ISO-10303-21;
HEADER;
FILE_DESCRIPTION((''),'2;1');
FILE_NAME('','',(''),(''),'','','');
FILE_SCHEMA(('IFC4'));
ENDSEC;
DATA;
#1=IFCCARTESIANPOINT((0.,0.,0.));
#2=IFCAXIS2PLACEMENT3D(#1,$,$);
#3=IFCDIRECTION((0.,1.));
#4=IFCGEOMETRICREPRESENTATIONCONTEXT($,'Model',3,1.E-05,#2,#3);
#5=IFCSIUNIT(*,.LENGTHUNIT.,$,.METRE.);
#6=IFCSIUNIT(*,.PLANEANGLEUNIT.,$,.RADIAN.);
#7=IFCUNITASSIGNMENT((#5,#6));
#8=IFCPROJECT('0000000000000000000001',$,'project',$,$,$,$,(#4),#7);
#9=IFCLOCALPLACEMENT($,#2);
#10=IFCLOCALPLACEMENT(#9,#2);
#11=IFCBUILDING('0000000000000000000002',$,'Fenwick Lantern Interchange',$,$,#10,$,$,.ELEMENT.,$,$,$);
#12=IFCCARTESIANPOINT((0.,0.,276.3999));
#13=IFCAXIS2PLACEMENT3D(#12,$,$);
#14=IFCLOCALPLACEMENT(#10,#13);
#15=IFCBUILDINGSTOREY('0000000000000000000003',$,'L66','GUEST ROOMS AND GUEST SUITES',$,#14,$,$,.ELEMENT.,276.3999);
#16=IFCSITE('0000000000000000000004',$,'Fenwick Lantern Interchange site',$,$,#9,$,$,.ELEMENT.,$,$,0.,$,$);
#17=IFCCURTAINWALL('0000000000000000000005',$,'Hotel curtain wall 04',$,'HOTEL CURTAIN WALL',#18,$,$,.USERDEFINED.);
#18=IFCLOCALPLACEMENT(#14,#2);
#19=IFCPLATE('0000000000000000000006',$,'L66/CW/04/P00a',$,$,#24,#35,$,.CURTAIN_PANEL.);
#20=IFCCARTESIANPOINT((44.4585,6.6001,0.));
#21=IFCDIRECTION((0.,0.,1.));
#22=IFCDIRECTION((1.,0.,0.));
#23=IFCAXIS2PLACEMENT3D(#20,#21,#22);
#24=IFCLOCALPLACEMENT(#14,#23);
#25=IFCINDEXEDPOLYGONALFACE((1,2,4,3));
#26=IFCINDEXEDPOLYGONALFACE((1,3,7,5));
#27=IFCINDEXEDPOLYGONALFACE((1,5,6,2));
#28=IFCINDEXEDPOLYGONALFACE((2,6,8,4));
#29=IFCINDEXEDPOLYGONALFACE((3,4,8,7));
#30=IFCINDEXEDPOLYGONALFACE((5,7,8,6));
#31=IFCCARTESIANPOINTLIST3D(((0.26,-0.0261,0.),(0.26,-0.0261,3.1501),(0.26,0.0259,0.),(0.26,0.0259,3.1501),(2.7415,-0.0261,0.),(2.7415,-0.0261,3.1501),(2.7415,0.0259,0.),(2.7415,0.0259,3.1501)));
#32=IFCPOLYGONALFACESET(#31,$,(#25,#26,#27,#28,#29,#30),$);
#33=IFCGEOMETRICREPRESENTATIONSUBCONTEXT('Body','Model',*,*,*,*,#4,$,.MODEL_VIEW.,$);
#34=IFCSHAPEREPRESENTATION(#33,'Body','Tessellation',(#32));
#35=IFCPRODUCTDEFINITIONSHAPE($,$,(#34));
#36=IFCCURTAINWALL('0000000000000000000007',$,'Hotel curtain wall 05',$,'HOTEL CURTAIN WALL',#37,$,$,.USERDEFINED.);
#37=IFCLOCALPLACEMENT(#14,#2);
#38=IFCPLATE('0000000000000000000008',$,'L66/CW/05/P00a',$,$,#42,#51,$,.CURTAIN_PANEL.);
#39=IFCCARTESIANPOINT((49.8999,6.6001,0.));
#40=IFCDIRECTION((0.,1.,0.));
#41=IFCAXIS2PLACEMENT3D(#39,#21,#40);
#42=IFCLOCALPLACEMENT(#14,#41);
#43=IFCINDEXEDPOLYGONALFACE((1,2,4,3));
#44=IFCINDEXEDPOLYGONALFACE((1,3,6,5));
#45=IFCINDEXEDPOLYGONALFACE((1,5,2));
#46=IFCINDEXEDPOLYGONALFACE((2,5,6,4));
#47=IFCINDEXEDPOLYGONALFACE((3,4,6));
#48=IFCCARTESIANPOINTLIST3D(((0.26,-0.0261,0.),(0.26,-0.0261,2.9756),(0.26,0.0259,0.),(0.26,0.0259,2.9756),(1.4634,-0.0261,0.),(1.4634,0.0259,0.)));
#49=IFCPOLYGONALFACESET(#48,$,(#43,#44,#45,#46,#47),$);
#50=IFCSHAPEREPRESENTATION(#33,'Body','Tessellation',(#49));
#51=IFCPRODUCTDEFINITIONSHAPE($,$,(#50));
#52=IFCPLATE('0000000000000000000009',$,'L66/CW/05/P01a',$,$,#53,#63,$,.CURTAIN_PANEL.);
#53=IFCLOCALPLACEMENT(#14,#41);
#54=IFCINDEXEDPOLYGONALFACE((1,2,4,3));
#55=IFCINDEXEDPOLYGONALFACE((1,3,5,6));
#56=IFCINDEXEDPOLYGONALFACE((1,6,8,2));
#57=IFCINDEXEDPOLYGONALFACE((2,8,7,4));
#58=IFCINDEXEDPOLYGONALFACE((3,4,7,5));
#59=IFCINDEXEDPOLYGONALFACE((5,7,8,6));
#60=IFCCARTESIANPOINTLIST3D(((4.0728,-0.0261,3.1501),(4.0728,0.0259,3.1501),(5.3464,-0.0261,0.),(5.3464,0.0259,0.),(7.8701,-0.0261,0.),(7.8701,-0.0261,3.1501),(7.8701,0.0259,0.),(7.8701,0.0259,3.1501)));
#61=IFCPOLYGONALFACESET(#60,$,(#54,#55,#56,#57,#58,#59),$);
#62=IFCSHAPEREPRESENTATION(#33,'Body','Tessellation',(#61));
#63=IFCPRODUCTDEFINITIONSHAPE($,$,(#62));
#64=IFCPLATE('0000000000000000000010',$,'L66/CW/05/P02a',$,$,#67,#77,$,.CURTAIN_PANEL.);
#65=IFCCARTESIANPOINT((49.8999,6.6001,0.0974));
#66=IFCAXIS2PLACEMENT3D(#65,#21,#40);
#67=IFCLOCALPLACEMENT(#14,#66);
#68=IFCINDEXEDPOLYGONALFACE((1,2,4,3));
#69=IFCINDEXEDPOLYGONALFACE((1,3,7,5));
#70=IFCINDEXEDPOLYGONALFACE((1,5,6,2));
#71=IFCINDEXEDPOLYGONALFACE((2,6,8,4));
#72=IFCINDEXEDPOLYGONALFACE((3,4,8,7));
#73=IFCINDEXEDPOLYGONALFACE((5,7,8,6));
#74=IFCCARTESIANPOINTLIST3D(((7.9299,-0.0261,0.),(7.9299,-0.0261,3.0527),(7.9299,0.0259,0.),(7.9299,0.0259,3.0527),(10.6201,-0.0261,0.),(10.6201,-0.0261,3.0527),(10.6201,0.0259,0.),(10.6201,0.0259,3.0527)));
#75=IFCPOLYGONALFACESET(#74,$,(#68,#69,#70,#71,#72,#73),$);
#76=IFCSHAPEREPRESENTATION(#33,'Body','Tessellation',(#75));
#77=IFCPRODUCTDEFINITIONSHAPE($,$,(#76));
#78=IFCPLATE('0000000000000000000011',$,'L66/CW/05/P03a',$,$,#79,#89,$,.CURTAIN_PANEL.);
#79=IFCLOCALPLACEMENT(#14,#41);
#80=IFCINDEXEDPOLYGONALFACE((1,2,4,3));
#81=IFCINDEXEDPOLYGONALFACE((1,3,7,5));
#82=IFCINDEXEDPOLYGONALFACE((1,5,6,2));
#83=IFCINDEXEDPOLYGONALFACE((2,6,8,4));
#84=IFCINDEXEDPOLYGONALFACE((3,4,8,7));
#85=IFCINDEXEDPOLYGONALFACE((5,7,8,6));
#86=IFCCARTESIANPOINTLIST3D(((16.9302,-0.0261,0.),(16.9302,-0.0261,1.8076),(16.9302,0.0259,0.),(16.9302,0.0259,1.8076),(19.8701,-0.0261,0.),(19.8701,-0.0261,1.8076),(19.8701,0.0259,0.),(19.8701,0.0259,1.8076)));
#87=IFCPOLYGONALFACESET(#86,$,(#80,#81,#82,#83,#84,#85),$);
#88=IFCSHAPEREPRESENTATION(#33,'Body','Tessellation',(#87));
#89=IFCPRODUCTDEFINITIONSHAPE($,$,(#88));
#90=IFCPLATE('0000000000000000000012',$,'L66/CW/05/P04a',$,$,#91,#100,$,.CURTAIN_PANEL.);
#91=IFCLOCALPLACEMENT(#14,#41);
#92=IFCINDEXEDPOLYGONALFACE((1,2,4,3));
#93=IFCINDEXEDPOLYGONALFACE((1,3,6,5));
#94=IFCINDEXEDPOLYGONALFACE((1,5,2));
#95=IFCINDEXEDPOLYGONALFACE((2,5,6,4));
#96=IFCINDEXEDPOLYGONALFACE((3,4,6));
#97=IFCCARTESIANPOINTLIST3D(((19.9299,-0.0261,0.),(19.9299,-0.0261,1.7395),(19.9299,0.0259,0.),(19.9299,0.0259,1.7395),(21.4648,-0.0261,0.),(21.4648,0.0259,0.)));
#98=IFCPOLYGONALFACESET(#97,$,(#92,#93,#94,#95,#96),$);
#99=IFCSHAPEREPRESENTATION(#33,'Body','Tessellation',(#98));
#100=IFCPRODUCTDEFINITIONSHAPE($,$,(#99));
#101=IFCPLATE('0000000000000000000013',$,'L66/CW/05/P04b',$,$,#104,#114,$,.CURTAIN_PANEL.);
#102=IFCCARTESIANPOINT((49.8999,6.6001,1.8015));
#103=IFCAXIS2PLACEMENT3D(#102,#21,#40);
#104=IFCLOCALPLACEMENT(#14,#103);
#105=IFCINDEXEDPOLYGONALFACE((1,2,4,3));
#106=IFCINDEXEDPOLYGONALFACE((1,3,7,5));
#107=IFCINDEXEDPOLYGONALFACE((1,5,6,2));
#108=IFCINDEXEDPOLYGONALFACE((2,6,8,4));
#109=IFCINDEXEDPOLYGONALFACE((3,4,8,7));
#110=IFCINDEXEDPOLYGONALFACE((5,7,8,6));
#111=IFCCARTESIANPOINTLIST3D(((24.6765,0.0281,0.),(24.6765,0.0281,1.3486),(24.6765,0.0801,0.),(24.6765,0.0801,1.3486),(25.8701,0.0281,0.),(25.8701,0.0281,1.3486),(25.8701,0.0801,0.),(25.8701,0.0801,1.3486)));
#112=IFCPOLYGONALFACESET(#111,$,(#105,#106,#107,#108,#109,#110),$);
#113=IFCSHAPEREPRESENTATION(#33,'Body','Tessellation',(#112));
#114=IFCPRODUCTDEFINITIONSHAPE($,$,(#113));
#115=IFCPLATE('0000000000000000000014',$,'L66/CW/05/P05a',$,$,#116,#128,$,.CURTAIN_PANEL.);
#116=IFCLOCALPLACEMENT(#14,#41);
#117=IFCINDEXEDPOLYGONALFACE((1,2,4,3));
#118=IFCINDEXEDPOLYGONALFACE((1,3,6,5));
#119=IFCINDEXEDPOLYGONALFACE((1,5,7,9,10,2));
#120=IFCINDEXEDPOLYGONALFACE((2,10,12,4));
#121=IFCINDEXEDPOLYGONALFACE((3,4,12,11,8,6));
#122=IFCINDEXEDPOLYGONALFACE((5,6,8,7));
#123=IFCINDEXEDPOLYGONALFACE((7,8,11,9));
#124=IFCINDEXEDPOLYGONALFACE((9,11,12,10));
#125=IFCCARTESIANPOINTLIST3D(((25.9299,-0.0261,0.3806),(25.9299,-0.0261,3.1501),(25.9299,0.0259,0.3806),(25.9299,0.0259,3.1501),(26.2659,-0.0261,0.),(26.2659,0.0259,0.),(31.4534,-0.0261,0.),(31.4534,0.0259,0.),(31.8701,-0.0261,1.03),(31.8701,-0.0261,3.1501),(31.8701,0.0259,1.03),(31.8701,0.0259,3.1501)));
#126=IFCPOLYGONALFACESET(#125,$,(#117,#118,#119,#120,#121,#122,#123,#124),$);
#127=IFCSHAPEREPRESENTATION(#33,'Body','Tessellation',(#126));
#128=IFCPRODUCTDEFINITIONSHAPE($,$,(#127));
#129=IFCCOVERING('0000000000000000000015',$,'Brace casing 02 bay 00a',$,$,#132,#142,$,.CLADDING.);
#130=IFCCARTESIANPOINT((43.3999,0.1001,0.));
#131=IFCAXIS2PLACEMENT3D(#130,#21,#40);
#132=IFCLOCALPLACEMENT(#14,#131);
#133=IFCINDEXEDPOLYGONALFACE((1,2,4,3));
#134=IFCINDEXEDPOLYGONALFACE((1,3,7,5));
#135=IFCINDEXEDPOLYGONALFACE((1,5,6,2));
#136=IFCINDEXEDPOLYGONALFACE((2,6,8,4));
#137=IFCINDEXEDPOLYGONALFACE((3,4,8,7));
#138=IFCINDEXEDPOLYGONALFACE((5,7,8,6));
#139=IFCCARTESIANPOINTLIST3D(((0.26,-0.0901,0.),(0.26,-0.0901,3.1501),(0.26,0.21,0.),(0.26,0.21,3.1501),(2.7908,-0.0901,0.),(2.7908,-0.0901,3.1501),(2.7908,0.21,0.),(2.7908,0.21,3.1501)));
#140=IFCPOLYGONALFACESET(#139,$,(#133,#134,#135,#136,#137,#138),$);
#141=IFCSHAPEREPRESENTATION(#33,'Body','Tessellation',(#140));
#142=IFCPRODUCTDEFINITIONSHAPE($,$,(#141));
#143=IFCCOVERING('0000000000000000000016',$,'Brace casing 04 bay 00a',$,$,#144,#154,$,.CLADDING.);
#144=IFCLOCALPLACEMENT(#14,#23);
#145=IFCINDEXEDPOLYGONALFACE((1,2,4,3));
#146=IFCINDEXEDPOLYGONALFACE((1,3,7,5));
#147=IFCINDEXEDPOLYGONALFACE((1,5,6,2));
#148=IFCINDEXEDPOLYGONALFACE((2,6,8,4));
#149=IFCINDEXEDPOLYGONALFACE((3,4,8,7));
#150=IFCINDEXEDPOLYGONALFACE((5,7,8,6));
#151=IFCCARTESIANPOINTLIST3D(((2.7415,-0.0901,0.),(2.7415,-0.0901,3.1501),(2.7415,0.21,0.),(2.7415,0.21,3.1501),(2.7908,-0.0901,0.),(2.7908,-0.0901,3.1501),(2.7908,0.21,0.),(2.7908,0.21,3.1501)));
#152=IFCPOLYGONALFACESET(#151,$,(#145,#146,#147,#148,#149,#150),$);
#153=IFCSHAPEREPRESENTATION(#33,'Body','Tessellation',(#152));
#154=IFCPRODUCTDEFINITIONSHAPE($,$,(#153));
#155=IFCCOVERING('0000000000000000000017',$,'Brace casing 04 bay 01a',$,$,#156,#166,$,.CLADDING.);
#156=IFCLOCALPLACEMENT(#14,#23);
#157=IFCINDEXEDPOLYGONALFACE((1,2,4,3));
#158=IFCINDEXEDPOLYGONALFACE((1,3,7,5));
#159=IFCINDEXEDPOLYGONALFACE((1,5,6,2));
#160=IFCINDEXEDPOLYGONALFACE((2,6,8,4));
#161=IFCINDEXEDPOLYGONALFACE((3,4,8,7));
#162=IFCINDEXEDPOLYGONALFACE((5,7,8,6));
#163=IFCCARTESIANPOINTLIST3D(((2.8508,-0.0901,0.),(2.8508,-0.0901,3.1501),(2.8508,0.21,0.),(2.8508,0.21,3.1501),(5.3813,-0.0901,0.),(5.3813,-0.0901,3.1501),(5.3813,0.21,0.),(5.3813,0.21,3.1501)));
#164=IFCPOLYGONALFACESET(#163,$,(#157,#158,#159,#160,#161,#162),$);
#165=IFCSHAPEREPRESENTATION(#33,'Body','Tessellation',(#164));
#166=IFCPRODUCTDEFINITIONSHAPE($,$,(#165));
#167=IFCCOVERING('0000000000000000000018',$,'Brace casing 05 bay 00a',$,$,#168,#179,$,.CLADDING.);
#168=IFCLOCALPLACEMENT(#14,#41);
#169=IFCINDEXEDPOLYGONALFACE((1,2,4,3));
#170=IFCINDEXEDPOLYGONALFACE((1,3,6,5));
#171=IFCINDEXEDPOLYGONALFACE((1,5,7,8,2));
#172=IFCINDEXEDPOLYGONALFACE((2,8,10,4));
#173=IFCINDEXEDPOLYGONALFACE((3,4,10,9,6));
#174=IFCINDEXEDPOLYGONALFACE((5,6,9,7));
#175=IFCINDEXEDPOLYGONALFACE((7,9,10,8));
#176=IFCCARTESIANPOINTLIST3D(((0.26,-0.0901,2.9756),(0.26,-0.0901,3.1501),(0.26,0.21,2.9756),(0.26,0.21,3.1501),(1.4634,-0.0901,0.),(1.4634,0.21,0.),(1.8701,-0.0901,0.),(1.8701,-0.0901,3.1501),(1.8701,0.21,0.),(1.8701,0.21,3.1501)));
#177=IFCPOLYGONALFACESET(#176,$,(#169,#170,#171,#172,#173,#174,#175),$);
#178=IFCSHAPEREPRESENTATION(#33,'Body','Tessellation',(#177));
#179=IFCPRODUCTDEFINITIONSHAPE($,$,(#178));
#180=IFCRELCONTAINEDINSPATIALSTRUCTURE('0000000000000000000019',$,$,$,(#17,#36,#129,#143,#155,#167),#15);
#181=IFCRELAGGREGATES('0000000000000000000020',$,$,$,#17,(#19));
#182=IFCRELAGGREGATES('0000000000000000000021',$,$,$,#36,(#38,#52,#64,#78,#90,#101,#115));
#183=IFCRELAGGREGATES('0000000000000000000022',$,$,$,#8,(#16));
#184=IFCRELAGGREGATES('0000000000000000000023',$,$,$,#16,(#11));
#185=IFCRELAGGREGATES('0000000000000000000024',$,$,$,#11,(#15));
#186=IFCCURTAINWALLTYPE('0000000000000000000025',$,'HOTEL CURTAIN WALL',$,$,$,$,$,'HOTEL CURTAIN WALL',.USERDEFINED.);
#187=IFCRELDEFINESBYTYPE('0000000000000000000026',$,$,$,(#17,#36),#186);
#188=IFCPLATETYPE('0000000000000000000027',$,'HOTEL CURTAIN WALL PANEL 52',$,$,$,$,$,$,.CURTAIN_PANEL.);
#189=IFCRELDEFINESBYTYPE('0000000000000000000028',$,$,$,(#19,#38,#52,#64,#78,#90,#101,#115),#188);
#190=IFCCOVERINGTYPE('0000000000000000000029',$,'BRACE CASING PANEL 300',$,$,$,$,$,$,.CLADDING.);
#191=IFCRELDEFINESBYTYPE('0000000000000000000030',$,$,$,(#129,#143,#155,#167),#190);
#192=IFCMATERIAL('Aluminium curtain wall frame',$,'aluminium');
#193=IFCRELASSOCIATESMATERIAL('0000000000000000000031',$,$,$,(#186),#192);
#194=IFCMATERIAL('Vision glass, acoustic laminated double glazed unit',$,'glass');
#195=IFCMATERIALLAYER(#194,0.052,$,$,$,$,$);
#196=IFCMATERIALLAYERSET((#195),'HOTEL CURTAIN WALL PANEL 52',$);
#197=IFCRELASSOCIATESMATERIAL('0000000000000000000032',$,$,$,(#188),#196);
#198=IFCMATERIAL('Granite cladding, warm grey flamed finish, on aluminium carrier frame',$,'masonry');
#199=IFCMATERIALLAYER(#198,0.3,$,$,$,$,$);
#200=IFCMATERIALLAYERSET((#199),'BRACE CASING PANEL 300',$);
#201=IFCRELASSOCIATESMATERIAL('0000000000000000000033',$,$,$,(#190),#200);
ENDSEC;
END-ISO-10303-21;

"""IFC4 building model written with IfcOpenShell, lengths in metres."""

from ifc_helpers import new_model, si_unit, direction, frame, origin, place, context, subcontext, project, spatial, polyline, outline, extrude, material, layer, layer_set, type_object, element, aggregate, save


model = new_model("IFC4")

# Units and contexts
model_context = context("Model", 3, precision=1e-05, world=origin(), true_north=direction((0.0, 1.0)))
body_context = subcontext(model_context, "Body", "Model", "MODEL_VIEW")
ifc_project = project(units=[si_unit("LENGTHUNIT", "METRE"), si_unit("PLANEANGLEUNIT", "RADIAN")], contexts=[model_context])

# Site, building, storey
site_placement = place(None, origin())
site = spatial("IfcSite", under=ifc_project, at=site_placement, Name="Fenwick Lantern Interchange site", CompositionType="ELEMENT", RefElevation=0.0)
building_placement = place(site_placement, origin())
building = spatial("IfcBuilding", under=site, at=building_placement, Name="Fenwick Lantern Interchange", CompositionType="ELEMENT")
storey_placement = place(building_placement, frame((0.0, 0.0, 276.3999)))
storey = spatial("IfcBuildingStorey", under=building, at=storey_placement, Name="L66", Description="GUEST ROOMS AND GUEST SUITES", CompositionType="ELEMENT", Elevation=276.3999)

# Shared definitions
ifc_material_1 = material(Name="Aluminium curtain wall frame", Category="aluminium")
curtain_wall_type = type_object("IfcCurtainWallType", Name="HOTEL CURTAIN WALL", ElementType="HOTEL CURTAIN WALL", PredefinedType="USERDEFINED", material=ifc_material_1)

# Curtain wall
curtain_wall_1_placement = place(storey_placement, origin())
curtain_wall_1 = element("IfcCurtainWall", 1, at=curtain_wall_1_placement, inside=storey, type_object=curtain_wall_type, Name="Hotel curtain wall 04", ObjectType="HOTEL CURTAIN WALL", PredefinedType="USERDEFINED")

# Plate
ifc_material_2 = material(Name="Vision glass, acoustic laminated double glazed unit", Category="glass")
ifc_layer_1 = layer(ifc_material_2, 0.052)
ifc_layer_set_1 = layer_set([ifc_layer_1], Name="HOTEL CURTAIN WALL PANEL 52")
plate_type = type_object("IfcPlateType", Name="HOTEL CURTAIN WALL PANEL 52", PredefinedType="CURTAIN_PANEL", material=ifc_layer_set_1)
plate_1_placement = place(storey_placement, frame((44.4585, 6.6001, 0.0), z_axis=(0.0, 0.0, 1.0), x_axis=(1.0, 0.0, 0.0)))
plate_1 = element("IfcPlate", 2, at=plate_1_placement, type_object=plate_type, Name="L66/CW/04/P00a", PredefinedType="CURTAIN_PANEL", context=body_context, shape_type="SweptSolid", body=[
    extrude(outline(polyline([(0.26, 0.0), (2.7415, 0.0), (2.7415, 3.1501), (0.26, 3.1501), (0.26, 0.0)])), frame((0.0, 0.0259, 0.0), z_axis=(0.0, -1.0, 0.0), x_axis=(1.0, 0.0, 0.0)), (0.0, 0.0, 1.0), 0.052),
])
aggregate(curtain_wall_1, [plate_1])

# Curtain wall, plates
curtain_wall_2_placement = place(storey_placement, origin())
curtain_wall_2 = element("IfcCurtainWall", 3, at=curtain_wall_2_placement, inside=storey, type_object=curtain_wall_type, Name="Hotel curtain wall 05", ObjectType="HOTEL CURTAIN WALL", PredefinedType="USERDEFINED")
plate_2_placement = place(storey_placement, frame((49.8999, 6.6001, 0.0), z_axis=(0.0, 0.0, 1.0), x_axis=(0.0, 1.0, 0.0)))
plate_2 = element("IfcPlate", 4, at=plate_2_placement, type_object=plate_type, Name="L66/CW/05/P00a", PredefinedType="CURTAIN_PANEL", context=body_context, shape_type="SweptSolid", body=[
    extrude(outline(polyline([(0.26, 0.0), (1.4634, 0.0), (0.26, 2.9756), (0.26, 0.0)])), frame((0.0, 0.0259, 0.0), z_axis=(0.0, -1.0, 0.0), x_axis=(1.0, 0.0, 0.0)), (0.0, 0.0, 1.0), 0.052),
])
plate_3_placement = place(storey_placement, frame((49.8999, 6.6001, 0.0), z_axis=(0.0, 0.0, 1.0), x_axis=(0.0, 1.0, 0.0)))
plate_3 = element("IfcPlate", 5, at=plate_3_placement, type_object=plate_type, Name="L66/CW/05/P01a", PredefinedType="CURTAIN_PANEL", context=body_context, shape_type="SweptSolid", body=[
    extrude(outline(polyline([(5.3464, 0.0), (7.8701, 0.0), (7.8701, 3.1501), (4.0728, 3.1501), (5.3464, 0.0)])), frame((0.0, 0.0259, 0.0), z_axis=(0.0, -1.0, 0.0), x_axis=(1.0, 0.0, 0.0)), (0.0, 0.0, 1.0), 0.052),
])
plate_4_placement = place(storey_placement, frame((49.8999, 6.6001, 0.0974), z_axis=(0.0, 0.0, 1.0), x_axis=(0.0, 1.0, 0.0)))
plate_4 = element("IfcPlate", 6, at=plate_4_placement, type_object=plate_type, Name="L66/CW/05/P02a", PredefinedType="CURTAIN_PANEL", context=body_context, shape_type="SweptSolid", body=[
    extrude(outline(polyline([(7.9299, 0.0), (10.6201, 0.0), (10.6201, 3.0527), (7.9299, 3.0527), (7.9299, 0.0)])), frame((0.0, 0.0259, 0.0), z_axis=(0.0, -1.0, 0.0), x_axis=(1.0, 0.0, 0.0)), (0.0, 0.0, 1.0), 0.052),
])
plate_5_placement = place(storey_placement, frame((49.8999, 6.6001, 0.0), z_axis=(0.0, 0.0, 1.0), x_axis=(0.0, 1.0, 0.0)))
plate_5 = element("IfcPlate", 7, at=plate_5_placement, type_object=plate_type, Name="L66/CW/05/P03a", PredefinedType="CURTAIN_PANEL", context=body_context, shape_type="SweptSolid", body=[
    extrude(outline(polyline([(16.9302, 0.0), (19.8701, 0.0), (19.8701, 1.8076), (16.9302, 1.8076), (16.9302, 0.0)])), frame((0.0, 0.0259, 0.0), z_axis=(0.0, -1.0, 0.0), x_axis=(1.0, 0.0, 0.0)), (0.0, 0.0, 1.0), 0.052),
])
plate_6_placement = place(storey_placement, frame((49.8999, 6.6001, 0.0), z_axis=(0.0, 0.0, 1.0), x_axis=(0.0, 1.0, 0.0)))
plate_6 = element("IfcPlate", 8, at=plate_6_placement, type_object=plate_type, Name="L66/CW/05/P04a", PredefinedType="CURTAIN_PANEL", context=body_context, shape_type="SweptSolid", body=[
    extrude(outline(polyline([(19.9299, 0.0), (21.4648, 0.0), (19.9299, 1.7395), (19.9299, 0.0)])), frame((0.0, 0.0259, 0.0), z_axis=(0.0, -1.0, 0.0), x_axis=(1.0, 0.0, 0.0)), (0.0, 0.0, 1.0), 0.052),
])
plate_7_placement = place(storey_placement, frame((49.8999, 6.6001, 1.8015), z_axis=(0.0, 0.0, 1.0), x_axis=(0.0, 1.0, 0.0)))
plate_7 = element("IfcPlate", 9, at=plate_7_placement, type_object=plate_type, Name="L66/CW/05/P04b", PredefinedType="CURTAIN_PANEL", context=body_context, shape_type="SweptSolid", body=[
    extrude(outline(polyline([(24.6765, 0.0), (25.8701, 0.0), (25.8701, 1.3486), (24.6765, 1.3486), (24.6765, 0.0)])), frame((0.0, 0.0801, 0.0), z_axis=(0.0, -1.0, 0.0), x_axis=(1.0, 0.0, 0.0)), (0.0, 0.0, 1.0), 0.052),
])
plate_8_placement = place(storey_placement, frame((49.8999, 6.6001, 0.0), z_axis=(0.0, 0.0, 1.0), x_axis=(0.0, 1.0, 0.0)))
plate_8 = element("IfcPlate", 10, at=plate_8_placement, type_object=plate_type, Name="L66/CW/05/P05a", PredefinedType="CURTAIN_PANEL", context=body_context, shape_type="SweptSolid", body=[
    extrude(outline(polyline([(26.2659, 0.0), (31.4534, 0.0), (31.8701, 1.03), (31.8701, 3.1501), (25.9299, 3.1501), (25.9299, 0.3806), (26.2659, 0.0)])), frame((0.0, 0.0259, 0.0), z_axis=(0.0, -1.0, 0.0), x_axis=(1.0, 0.0, 0.0)), (0.0, 0.0, 1.0), 0.052),
])
aggregate(curtain_wall_2, [plate_2, plate_3, plate_4, plate_5, plate_6, plate_7, plate_8])

# Coverings
ifc_material_3 = material(Name="Granite cladding, warm grey flamed finish, on aluminium carrier frame", Category="masonry")
ifc_layer_2 = layer(ifc_material_3, 0.3)
ifc_layer_set_2 = layer_set([ifc_layer_2], Name="BRACE CASING PANEL 300")
covering_type = type_object("IfcCoveringType", Name="BRACE CASING PANEL 300", PredefinedType="CLADDING", material=ifc_layer_set_2)
covering_1_placement = place(storey_placement, frame((43.3999, 0.1001, 0.0), z_axis=(0.0, 0.0, 1.0), x_axis=(0.0, 1.0, 0.0)))
element("IfcCovering", 11, at=covering_1_placement, inside=storey, type_object=covering_type, Name="Brace casing 02 bay 00a", PredefinedType="CLADDING", context=body_context, shape_type="SweptSolid", body=[
    extrude(outline(polyline([(0.26, 0.0), (2.7908, 0.0), (2.7908, 3.1501), (0.26, 3.1501), (0.26, 0.0)])), frame((0.0, 0.21, 0.0), z_axis=(0.0, -1.0, 0.0), x_axis=(1.0, 0.0, 0.0)), (0.0, 0.0, 1.0), 0.3),
])
covering_2_placement = place(storey_placement, frame((44.4585, 6.6001, 0.0), z_axis=(0.0, 0.0, 1.0), x_axis=(1.0, 0.0, 0.0)))
element("IfcCovering", 12, at=covering_2_placement, inside=storey, type_object=covering_type, Name="Brace casing 04 bay 00a", PredefinedType="CLADDING", context=body_context, shape_type="SweptSolid", body=[
    extrude(outline(polyline([(2.7415, 0.0), (2.7908, 0.0), (2.7908, 3.1501), (2.7415, 3.1501), (2.7415, 0.0)])), frame((0.0, 0.21, 0.0), z_axis=(0.0, -1.0, 0.0), x_axis=(1.0, 0.0, 0.0)), (0.0, 0.0, 1.0), 0.3),
])
covering_3_placement = place(storey_placement, frame((44.4585, 6.6001, 0.0), z_axis=(0.0, 0.0, 1.0), x_axis=(1.0, 0.0, 0.0)))
element("IfcCovering", 13, at=covering_3_placement, inside=storey, type_object=covering_type, Name="Brace casing 04 bay 01a", PredefinedType="CLADDING", context=body_context, shape_type="SweptSolid", body=[
    extrude(outline(polyline([(2.8508, 0.0), (5.3813, 0.0), (5.3813, 3.1501), (2.8508, 3.1501), (2.8508, 0.0)])), frame((0.0, 0.21, 0.0), z_axis=(0.0, -1.0, 0.0), x_axis=(1.0, 0.0, 0.0)), (0.0, 0.0, 1.0), 0.3),
])
covering_4_placement = place(storey_placement, frame((49.8999, 6.6001, 0.0), z_axis=(0.0, 0.0, 1.0), x_axis=(0.0, 1.0, 0.0)))
element("IfcCovering", 14, at=covering_4_placement, inside=storey, type_object=covering_type, Name="Brace casing 05 bay 00a", PredefinedType="CLADDING", context=body_context, shape_type="SweptSolid", body=[
    extrude(outline(polyline([(1.4634, 0.0), (1.8701, 0.0), (1.8701, 3.1501), (0.26, 3.1501), (0.26, 2.9756), (1.4634, 0.0)])), frame((0.0, 0.21, 0.0), z_axis=(0.0, -1.0, 0.0), x_axis=(1.0, 0.0, 0.0)), (0.0, 0.0, 1.0), 0.3),
])

save(model, "model.ifc")
